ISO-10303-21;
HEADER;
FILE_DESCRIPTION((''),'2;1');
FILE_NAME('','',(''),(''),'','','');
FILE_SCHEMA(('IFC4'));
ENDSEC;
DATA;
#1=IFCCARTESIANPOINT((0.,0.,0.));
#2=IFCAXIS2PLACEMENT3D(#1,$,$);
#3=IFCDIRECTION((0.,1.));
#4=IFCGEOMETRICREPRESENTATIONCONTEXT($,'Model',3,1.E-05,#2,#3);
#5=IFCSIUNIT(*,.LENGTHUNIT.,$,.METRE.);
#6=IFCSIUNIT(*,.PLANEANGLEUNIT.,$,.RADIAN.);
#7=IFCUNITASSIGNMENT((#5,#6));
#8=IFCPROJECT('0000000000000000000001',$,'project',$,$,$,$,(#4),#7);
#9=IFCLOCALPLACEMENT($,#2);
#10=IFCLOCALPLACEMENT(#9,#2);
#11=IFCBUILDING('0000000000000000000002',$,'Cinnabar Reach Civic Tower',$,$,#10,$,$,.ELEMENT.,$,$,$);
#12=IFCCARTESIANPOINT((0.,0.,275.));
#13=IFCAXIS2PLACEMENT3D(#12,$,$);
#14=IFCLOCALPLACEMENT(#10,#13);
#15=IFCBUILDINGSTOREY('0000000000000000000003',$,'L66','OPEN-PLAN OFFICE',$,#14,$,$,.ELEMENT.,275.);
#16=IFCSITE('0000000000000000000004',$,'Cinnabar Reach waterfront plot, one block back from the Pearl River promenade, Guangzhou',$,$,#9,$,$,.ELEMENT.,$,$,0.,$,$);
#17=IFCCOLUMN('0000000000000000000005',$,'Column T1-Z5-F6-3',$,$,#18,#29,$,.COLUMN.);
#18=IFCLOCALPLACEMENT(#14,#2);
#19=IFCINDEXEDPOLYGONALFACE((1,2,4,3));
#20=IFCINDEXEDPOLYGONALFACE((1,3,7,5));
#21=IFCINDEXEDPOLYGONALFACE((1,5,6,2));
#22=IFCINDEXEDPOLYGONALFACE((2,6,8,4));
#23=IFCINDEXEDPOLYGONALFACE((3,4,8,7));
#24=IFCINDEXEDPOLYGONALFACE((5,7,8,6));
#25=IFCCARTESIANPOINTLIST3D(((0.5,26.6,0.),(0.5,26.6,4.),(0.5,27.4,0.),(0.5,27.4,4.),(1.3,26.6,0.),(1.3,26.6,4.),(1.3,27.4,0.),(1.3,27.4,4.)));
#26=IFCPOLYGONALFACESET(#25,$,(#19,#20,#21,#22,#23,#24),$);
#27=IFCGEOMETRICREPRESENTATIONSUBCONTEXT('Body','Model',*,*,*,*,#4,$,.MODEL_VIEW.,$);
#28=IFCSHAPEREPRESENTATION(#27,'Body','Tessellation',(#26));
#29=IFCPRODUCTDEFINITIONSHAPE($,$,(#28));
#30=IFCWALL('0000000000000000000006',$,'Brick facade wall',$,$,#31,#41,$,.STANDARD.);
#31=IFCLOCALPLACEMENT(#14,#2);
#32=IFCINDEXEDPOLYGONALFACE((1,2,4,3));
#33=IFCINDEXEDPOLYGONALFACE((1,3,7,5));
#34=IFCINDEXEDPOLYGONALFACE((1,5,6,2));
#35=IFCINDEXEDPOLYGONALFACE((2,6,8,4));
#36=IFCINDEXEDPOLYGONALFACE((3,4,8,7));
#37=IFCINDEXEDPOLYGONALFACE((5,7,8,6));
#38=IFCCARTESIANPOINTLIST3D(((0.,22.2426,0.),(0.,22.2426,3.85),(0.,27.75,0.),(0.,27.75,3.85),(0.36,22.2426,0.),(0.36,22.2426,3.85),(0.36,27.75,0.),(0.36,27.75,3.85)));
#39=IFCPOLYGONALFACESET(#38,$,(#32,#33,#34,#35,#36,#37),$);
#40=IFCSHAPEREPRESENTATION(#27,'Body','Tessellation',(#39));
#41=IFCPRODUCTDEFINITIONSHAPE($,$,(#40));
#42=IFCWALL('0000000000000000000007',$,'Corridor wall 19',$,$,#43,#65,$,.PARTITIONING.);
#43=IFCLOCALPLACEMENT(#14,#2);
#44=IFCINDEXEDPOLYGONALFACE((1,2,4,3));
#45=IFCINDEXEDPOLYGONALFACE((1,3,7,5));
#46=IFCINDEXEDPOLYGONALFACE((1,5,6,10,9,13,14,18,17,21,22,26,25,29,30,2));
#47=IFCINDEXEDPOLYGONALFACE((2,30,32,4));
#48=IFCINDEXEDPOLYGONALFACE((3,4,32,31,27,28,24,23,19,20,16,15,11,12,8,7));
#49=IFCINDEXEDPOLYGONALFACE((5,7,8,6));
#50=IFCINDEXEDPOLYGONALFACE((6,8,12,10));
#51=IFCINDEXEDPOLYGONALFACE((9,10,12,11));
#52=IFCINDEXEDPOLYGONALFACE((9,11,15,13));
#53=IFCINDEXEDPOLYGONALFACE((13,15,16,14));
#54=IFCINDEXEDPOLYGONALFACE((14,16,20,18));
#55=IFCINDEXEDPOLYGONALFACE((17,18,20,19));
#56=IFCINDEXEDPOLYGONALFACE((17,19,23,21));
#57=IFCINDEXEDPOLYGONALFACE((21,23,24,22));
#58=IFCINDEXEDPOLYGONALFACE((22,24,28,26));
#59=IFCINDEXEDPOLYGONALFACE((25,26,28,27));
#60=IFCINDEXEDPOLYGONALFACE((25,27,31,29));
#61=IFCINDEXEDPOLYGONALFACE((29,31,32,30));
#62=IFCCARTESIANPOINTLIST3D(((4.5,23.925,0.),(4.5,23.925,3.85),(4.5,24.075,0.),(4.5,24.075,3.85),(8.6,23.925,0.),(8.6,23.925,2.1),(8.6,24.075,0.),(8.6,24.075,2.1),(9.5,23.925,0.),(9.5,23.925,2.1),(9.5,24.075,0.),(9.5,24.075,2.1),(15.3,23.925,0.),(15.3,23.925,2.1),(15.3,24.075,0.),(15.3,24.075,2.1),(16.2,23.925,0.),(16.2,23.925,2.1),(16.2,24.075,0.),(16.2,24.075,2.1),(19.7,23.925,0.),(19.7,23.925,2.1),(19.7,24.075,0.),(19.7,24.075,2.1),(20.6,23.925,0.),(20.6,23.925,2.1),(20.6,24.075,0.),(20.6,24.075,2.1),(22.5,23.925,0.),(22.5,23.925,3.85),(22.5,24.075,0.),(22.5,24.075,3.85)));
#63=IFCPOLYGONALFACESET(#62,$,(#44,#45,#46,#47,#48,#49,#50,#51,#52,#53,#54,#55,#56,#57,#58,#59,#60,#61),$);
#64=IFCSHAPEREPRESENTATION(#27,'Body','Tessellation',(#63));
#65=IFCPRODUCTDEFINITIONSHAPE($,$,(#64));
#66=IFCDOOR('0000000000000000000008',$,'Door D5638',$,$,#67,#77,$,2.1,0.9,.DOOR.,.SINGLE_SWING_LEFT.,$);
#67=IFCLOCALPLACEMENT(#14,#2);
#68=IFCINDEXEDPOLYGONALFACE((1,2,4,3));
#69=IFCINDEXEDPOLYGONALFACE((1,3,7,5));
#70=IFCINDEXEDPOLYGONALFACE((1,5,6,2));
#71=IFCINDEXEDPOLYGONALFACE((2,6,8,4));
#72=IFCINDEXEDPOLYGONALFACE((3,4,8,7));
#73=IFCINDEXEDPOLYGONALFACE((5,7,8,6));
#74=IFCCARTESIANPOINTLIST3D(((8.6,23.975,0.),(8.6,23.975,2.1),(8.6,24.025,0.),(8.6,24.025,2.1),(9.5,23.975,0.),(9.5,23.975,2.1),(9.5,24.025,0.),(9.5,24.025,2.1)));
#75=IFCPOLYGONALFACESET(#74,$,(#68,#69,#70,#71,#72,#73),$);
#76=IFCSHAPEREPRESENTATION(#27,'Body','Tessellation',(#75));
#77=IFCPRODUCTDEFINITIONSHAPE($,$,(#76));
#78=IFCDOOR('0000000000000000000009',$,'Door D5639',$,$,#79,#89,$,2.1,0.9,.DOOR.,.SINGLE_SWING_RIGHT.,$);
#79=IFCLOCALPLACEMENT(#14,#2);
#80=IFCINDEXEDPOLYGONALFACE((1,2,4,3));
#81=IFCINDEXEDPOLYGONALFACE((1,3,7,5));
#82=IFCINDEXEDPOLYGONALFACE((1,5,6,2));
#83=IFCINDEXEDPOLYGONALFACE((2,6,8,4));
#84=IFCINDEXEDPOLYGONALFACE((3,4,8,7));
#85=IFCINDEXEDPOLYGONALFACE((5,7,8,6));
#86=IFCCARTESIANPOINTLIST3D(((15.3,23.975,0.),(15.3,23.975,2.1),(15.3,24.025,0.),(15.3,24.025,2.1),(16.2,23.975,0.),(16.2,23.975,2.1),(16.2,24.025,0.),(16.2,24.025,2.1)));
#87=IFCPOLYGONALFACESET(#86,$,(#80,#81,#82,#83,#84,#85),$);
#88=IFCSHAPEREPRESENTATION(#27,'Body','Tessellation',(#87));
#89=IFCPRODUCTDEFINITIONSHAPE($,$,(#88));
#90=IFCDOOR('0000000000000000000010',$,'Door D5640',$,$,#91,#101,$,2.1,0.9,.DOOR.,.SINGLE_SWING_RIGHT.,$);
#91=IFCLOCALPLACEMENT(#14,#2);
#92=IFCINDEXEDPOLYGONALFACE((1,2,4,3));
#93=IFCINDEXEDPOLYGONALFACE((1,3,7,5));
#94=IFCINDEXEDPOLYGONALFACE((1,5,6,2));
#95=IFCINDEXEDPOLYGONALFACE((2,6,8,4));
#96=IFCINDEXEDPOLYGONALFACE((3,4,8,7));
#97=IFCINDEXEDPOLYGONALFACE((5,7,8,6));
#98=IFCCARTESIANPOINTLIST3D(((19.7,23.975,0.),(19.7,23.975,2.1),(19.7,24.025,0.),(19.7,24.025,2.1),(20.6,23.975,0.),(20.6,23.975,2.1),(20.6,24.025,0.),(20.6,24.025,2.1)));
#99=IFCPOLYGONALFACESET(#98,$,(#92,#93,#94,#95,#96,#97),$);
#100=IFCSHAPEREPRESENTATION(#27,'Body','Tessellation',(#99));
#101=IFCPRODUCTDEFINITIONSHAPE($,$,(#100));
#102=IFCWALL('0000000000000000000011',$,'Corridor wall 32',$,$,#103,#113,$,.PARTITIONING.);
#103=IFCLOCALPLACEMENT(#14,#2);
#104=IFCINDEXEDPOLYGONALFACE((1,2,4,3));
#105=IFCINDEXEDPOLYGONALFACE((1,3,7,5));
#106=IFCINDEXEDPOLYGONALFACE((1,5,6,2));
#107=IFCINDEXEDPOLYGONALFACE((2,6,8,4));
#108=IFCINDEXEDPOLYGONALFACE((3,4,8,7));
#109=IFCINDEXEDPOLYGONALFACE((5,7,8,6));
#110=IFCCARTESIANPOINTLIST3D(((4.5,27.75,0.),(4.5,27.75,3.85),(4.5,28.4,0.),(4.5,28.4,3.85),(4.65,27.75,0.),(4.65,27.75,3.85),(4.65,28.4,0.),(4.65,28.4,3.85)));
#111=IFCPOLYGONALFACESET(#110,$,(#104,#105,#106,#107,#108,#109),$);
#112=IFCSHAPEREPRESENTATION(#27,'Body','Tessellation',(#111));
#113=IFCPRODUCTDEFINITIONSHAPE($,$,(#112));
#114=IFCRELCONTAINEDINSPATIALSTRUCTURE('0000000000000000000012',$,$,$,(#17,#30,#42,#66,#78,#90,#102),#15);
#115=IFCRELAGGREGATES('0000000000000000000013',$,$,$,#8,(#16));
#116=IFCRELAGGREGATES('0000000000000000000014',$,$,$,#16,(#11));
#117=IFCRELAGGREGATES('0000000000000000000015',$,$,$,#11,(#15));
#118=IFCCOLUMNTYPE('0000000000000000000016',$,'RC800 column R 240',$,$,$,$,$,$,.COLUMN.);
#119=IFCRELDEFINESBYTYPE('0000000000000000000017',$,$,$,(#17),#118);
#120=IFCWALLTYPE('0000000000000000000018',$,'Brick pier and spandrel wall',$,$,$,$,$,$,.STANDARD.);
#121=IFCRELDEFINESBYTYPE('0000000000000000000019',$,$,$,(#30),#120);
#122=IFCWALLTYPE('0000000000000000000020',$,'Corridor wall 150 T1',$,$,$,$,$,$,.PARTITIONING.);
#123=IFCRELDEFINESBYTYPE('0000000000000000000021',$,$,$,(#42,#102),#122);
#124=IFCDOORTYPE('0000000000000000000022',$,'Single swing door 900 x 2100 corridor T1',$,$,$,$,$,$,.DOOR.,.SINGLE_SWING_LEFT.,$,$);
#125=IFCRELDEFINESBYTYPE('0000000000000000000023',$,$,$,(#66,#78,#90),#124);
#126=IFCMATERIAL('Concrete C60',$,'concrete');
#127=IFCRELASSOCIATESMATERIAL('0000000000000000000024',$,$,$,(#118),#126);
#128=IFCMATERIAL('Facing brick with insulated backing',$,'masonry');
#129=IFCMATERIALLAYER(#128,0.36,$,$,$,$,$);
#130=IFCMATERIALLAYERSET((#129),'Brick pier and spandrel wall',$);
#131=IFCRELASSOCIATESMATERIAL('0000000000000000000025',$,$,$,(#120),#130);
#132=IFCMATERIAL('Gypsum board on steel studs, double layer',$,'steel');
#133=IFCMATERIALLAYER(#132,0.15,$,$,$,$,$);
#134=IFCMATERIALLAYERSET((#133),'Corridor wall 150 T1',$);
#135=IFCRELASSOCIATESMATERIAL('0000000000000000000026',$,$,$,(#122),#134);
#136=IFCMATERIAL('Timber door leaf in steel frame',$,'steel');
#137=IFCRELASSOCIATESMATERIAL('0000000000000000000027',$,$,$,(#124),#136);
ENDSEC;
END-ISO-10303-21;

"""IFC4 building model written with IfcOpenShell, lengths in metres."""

from ifc_helpers import new_model, si_unit, direction, frame, frame_2d, origin, origin_2d, place, context, subcontext, project, spatial, rectangle, extrude, material, layer, layer_set, material_profile, profile_set, type_object, element, fill, save


model = new_model("IFC4")

# Units and contexts
model_context = context("Model", 3, precision=1e-05, world=origin(), true_north=direction((0.0, 1.0)))
body_context = subcontext(model_context, "Body", "Model", "MODEL_VIEW")
ifc_project = project(units=[si_unit("LENGTHUNIT", "METRE"), si_unit("PLANEANGLEUNIT", "RADIAN")], contexts=[model_context])

# Site, building, storey
site_placement = place(None, origin())
site = spatial("IfcSite", under=ifc_project, at=site_placement, Name="Cinnabar Reach waterfront plot, one block back from the Pearl River promenade, Guangzhou", CompositionType="ELEMENT", RefElevation=0.0)
building_placement = place(site_placement, origin())
building = spatial("IfcBuilding", under=site, at=building_placement, Name="Cinnabar Reach Civic Tower", CompositionType="ELEMENT")
storey_placement = place(building_placement, frame((0.0, 0.0, 275.0)))
storey = spatial("IfcBuildingStorey", under=building, at=storey_placement, Name="L66", Description="OPEN-PLAN OFFICE", CompositionType="ELEMENT", Elevation=275.0)

# Column
ifc_material_1 = material(Name="Concrete C60", Category="concrete")
ifc_material_profile = material_profile(ifc_material_1, rectangle(XDim=0.8, YDim=0.8, at=origin_2d()), Name="RC800")
ifc_profile_set = profile_set([ifc_material_profile], Name="Concrete C60")
column_type = type_object("IfcColumnType", Name="RC800 column R 240", PredefinedType="COLUMN", material=ifc_profile_set)
column_placement = place(storey_placement, frame((0.9, 27.0, 0.0), z_axis=(0.0, 0.0, 1.0), x_axis=(1.0, 0.0, 0.0)))
element("IfcColumn", 1, at=column_placement, inside=storey, type_object=column_type, Name="Column T1-Z5-F6-3", PredefinedType="COLUMN", context=body_context, shape_type="SweptSolid", body=[
    extrude(rectangle(XDim=0.8, YDim=0.8, at=origin_2d()), origin(), (0.0, 0.0, 1.0), 4.0),
])

# Wall
ifc_material_2 = material(Name="Facing brick with insulated backing", Category="masonry")
ifc_layer_1 = layer(ifc_material_2, 0.36)
ifc_layer_set_1 = layer_set([ifc_layer_1], Name="Brick pier and spandrel wall")
wall_type_1 = type_object("IfcWallType", Name="Brick pier and spandrel wall", PredefinedType="STANDARD", material=ifc_layer_set_1)
wall_1_placement = place(storey_placement, frame((0.18, 27.75, 0.0), z_axis=(0.0, 0.0, 1.0), x_axis=(0.0, -1.0, 0.0)))
element("IfcWall", 2, at=wall_1_placement, inside=storey, type_object=wall_type_1, Name="Brick facade wall", PredefinedType="STANDARD", context=body_context, shape_type="SweptSolid", body=[
    extrude(rectangle(XDim=5.5074, YDim=0.36, at=frame_2d((2.7537, 0.0))), origin(), (0.0, 0.0, 1.0), 3.85),
])

# Wall, openings, doors
ifc_material_3 = material(Name="Gypsum board on steel studs, double layer", Category="steel")
ifc_layer_2 = layer(ifc_material_3, 0.15)
ifc_layer_set_2 = layer_set([ifc_layer_2], Name="Corridor wall 150 T1")
wall_type_2 = type_object("IfcWallType", Name="Corridor wall 150 T1", PredefinedType="PARTITIONING", material=ifc_layer_set_2)
wall_2_placement = place(storey_placement, frame((4.5, 24.0, 0.0), z_axis=(0.0, 0.0, 1.0), x_axis=(1.0, 0.0, 0.0)))
wall_2 = element("IfcWall", 3, at=wall_2_placement, inside=storey, type_object=wall_type_2, Name="Corridor wall 19", PredefinedType="PARTITIONING", context=body_context, shape_type="SweptSolid", body=[
    extrude(rectangle(XDim=18.0, YDim=0.15, at=frame_2d((9.0, 0.0))), origin(), (0.0, 0.0, 1.0), 3.85),
])
opening_1_placement = place(wall_2_placement, frame((4.1, 0.0, 0.0)))
opening_1 = element("IfcOpeningElement", 4, at=opening_1_placement, cuts=wall_2, PredefinedType="OPENING", context=body_context, shape_type="SweptSolid", body=[
    extrude(rectangle(XDim=0.9, YDim=2.1, at=frame_2d((0.45, 1.05))), frame((0.0, 0.085, 0.0), z_axis=(0.0, -1.0, 0.0), x_axis=(1.0, 0.0, 0.0)), (0.0, 0.0, 1.0), 0.17),
])
opening_2_placement = place(wall_2_placement, frame((10.8, 0.0, 0.0)))
opening_2 = element("IfcOpeningElement", 5, at=opening_2_placement, cuts=wall_2, PredefinedType="OPENING", context=body_context, shape_type="SweptSolid", body=[
    extrude(rectangle(XDim=0.9, YDim=2.1, at=frame_2d((0.45, 1.05))), frame((0.0, 0.085, 0.0), z_axis=(0.0, -1.0, 0.0), x_axis=(1.0, 0.0, 0.0)), (0.0, 0.0, 1.0), 0.17),
])
opening_3_placement = place(wall_2_placement, frame((15.2, 0.0, 0.0)))
opening_3 = element("IfcOpeningElement", 6, at=opening_3_placement, cuts=wall_2, PredefinedType="OPENING", context=body_context, shape_type="SweptSolid", body=[
    extrude(rectangle(XDim=0.9, YDim=2.1, at=frame_2d((0.45, 1.05))), frame((0.0, 0.085, 0.0), z_axis=(0.0, -1.0, 0.0), x_axis=(1.0, 0.0, 0.0)), (0.0, 0.0, 1.0), 0.17),
])
ifc_material_4 = material(Name="Timber door leaf in steel frame", Category="steel")
door_type_1 = type_object("IfcDoorType", Name="Single swing door 900 x 2100 corridor T1", OperationType="SINGLE_SWING_LEFT", PredefinedType="DOOR", material=ifc_material_4)
door_1_placement = place(opening_1_placement, frame((0.9, 0.0, 0.0), z_axis=(0.0, 0.0, 1.0), x_axis=(-1.0, 0.0, 0.0)))
door_1 = element("IfcDoor", 7, at=door_1_placement, inside=storey, type_object=door_type_1, Name="Door D5638", OperationType="SINGLE_SWING_LEFT", OverallHeight=2.1, OverallWidth=0.9, PredefinedType="DOOR", context=body_context, shape_type="SweptSolid", body=[
    extrude(rectangle(XDim=0.9, YDim=2.1, at=frame_2d((0.45, 1.05))), frame((0.0, 0.025, 0.0), z_axis=(0.0, -1.0, 0.0), x_axis=(1.0, 0.0, 0.0)), (0.0, 0.0, 1.0), 0.05),
])
fill(opening_1, door_1)
door_2_placement = place(opening_2_placement, frame((0.9, 0.0, 0.0), z_axis=(0.0, 0.0, 1.0), x_axis=(-1.0, 0.0, 0.0)))
door_2 = element("IfcDoor", 8, at=door_2_placement, inside=storey, type_object=door_type_1, Name="Door D5639", OperationType="SINGLE_SWING_RIGHT", OverallHeight=2.1, OverallWidth=0.9, PredefinedType="DOOR", context=body_context, shape_type="SweptSolid", body=[
    extrude(rectangle(XDim=0.9, YDim=2.1, at=frame_2d((0.45, 1.05))), frame((0.0, 0.025, 0.0), z_axis=(0.0, -1.0, 0.0), x_axis=(1.0, 0.0, 0.0)), (0.0, 0.0, 1.0), 0.05),
])
fill(opening_2, door_2)
door_3_placement = place(opening_3_placement, frame((0.9, 0.0, 0.0), z_axis=(0.0, 0.0, 1.0), x_axis=(-1.0, 0.0, 0.0)))
door_3 = element("IfcDoor", 9, at=door_3_placement, inside=storey, type_object=door_type_1, Name="Door D5640", OperationType="SINGLE_SWING_RIGHT", OverallHeight=2.1, OverallWidth=0.9, PredefinedType="DOOR", context=body_context, shape_type="SweptSolid", body=[
    extrude(rectangle(XDim=0.9, YDim=2.1, at=frame_2d((0.45, 1.05))), frame((0.0, 0.025, 0.0), z_axis=(0.0, -1.0, 0.0), x_axis=(1.0, 0.0, 0.0)), (0.0, 0.0, 1.0), 0.05),
])
fill(opening_3, door_3)

# Wall
wall_3_placement = place(storey_placement, frame((4.575, 27.75, 0.0), z_axis=(0.0, 0.0, 1.0), x_axis=(0.0, 1.0, 0.0)))
element("IfcWall", 10, at=wall_3_placement, inside=storey, type_object=wall_type_2, Name="Corridor wall 32", PredefinedType="PARTITIONING", context=body_context, shape_type="SweptSolid", body=[
    extrude(rectangle(XDim=0.65, YDim=0.15, at=frame_2d((0.325, 0.0))), origin(), (0.0, 0.0, 1.0), 3.85),
])

save(model, "model.ifc")
